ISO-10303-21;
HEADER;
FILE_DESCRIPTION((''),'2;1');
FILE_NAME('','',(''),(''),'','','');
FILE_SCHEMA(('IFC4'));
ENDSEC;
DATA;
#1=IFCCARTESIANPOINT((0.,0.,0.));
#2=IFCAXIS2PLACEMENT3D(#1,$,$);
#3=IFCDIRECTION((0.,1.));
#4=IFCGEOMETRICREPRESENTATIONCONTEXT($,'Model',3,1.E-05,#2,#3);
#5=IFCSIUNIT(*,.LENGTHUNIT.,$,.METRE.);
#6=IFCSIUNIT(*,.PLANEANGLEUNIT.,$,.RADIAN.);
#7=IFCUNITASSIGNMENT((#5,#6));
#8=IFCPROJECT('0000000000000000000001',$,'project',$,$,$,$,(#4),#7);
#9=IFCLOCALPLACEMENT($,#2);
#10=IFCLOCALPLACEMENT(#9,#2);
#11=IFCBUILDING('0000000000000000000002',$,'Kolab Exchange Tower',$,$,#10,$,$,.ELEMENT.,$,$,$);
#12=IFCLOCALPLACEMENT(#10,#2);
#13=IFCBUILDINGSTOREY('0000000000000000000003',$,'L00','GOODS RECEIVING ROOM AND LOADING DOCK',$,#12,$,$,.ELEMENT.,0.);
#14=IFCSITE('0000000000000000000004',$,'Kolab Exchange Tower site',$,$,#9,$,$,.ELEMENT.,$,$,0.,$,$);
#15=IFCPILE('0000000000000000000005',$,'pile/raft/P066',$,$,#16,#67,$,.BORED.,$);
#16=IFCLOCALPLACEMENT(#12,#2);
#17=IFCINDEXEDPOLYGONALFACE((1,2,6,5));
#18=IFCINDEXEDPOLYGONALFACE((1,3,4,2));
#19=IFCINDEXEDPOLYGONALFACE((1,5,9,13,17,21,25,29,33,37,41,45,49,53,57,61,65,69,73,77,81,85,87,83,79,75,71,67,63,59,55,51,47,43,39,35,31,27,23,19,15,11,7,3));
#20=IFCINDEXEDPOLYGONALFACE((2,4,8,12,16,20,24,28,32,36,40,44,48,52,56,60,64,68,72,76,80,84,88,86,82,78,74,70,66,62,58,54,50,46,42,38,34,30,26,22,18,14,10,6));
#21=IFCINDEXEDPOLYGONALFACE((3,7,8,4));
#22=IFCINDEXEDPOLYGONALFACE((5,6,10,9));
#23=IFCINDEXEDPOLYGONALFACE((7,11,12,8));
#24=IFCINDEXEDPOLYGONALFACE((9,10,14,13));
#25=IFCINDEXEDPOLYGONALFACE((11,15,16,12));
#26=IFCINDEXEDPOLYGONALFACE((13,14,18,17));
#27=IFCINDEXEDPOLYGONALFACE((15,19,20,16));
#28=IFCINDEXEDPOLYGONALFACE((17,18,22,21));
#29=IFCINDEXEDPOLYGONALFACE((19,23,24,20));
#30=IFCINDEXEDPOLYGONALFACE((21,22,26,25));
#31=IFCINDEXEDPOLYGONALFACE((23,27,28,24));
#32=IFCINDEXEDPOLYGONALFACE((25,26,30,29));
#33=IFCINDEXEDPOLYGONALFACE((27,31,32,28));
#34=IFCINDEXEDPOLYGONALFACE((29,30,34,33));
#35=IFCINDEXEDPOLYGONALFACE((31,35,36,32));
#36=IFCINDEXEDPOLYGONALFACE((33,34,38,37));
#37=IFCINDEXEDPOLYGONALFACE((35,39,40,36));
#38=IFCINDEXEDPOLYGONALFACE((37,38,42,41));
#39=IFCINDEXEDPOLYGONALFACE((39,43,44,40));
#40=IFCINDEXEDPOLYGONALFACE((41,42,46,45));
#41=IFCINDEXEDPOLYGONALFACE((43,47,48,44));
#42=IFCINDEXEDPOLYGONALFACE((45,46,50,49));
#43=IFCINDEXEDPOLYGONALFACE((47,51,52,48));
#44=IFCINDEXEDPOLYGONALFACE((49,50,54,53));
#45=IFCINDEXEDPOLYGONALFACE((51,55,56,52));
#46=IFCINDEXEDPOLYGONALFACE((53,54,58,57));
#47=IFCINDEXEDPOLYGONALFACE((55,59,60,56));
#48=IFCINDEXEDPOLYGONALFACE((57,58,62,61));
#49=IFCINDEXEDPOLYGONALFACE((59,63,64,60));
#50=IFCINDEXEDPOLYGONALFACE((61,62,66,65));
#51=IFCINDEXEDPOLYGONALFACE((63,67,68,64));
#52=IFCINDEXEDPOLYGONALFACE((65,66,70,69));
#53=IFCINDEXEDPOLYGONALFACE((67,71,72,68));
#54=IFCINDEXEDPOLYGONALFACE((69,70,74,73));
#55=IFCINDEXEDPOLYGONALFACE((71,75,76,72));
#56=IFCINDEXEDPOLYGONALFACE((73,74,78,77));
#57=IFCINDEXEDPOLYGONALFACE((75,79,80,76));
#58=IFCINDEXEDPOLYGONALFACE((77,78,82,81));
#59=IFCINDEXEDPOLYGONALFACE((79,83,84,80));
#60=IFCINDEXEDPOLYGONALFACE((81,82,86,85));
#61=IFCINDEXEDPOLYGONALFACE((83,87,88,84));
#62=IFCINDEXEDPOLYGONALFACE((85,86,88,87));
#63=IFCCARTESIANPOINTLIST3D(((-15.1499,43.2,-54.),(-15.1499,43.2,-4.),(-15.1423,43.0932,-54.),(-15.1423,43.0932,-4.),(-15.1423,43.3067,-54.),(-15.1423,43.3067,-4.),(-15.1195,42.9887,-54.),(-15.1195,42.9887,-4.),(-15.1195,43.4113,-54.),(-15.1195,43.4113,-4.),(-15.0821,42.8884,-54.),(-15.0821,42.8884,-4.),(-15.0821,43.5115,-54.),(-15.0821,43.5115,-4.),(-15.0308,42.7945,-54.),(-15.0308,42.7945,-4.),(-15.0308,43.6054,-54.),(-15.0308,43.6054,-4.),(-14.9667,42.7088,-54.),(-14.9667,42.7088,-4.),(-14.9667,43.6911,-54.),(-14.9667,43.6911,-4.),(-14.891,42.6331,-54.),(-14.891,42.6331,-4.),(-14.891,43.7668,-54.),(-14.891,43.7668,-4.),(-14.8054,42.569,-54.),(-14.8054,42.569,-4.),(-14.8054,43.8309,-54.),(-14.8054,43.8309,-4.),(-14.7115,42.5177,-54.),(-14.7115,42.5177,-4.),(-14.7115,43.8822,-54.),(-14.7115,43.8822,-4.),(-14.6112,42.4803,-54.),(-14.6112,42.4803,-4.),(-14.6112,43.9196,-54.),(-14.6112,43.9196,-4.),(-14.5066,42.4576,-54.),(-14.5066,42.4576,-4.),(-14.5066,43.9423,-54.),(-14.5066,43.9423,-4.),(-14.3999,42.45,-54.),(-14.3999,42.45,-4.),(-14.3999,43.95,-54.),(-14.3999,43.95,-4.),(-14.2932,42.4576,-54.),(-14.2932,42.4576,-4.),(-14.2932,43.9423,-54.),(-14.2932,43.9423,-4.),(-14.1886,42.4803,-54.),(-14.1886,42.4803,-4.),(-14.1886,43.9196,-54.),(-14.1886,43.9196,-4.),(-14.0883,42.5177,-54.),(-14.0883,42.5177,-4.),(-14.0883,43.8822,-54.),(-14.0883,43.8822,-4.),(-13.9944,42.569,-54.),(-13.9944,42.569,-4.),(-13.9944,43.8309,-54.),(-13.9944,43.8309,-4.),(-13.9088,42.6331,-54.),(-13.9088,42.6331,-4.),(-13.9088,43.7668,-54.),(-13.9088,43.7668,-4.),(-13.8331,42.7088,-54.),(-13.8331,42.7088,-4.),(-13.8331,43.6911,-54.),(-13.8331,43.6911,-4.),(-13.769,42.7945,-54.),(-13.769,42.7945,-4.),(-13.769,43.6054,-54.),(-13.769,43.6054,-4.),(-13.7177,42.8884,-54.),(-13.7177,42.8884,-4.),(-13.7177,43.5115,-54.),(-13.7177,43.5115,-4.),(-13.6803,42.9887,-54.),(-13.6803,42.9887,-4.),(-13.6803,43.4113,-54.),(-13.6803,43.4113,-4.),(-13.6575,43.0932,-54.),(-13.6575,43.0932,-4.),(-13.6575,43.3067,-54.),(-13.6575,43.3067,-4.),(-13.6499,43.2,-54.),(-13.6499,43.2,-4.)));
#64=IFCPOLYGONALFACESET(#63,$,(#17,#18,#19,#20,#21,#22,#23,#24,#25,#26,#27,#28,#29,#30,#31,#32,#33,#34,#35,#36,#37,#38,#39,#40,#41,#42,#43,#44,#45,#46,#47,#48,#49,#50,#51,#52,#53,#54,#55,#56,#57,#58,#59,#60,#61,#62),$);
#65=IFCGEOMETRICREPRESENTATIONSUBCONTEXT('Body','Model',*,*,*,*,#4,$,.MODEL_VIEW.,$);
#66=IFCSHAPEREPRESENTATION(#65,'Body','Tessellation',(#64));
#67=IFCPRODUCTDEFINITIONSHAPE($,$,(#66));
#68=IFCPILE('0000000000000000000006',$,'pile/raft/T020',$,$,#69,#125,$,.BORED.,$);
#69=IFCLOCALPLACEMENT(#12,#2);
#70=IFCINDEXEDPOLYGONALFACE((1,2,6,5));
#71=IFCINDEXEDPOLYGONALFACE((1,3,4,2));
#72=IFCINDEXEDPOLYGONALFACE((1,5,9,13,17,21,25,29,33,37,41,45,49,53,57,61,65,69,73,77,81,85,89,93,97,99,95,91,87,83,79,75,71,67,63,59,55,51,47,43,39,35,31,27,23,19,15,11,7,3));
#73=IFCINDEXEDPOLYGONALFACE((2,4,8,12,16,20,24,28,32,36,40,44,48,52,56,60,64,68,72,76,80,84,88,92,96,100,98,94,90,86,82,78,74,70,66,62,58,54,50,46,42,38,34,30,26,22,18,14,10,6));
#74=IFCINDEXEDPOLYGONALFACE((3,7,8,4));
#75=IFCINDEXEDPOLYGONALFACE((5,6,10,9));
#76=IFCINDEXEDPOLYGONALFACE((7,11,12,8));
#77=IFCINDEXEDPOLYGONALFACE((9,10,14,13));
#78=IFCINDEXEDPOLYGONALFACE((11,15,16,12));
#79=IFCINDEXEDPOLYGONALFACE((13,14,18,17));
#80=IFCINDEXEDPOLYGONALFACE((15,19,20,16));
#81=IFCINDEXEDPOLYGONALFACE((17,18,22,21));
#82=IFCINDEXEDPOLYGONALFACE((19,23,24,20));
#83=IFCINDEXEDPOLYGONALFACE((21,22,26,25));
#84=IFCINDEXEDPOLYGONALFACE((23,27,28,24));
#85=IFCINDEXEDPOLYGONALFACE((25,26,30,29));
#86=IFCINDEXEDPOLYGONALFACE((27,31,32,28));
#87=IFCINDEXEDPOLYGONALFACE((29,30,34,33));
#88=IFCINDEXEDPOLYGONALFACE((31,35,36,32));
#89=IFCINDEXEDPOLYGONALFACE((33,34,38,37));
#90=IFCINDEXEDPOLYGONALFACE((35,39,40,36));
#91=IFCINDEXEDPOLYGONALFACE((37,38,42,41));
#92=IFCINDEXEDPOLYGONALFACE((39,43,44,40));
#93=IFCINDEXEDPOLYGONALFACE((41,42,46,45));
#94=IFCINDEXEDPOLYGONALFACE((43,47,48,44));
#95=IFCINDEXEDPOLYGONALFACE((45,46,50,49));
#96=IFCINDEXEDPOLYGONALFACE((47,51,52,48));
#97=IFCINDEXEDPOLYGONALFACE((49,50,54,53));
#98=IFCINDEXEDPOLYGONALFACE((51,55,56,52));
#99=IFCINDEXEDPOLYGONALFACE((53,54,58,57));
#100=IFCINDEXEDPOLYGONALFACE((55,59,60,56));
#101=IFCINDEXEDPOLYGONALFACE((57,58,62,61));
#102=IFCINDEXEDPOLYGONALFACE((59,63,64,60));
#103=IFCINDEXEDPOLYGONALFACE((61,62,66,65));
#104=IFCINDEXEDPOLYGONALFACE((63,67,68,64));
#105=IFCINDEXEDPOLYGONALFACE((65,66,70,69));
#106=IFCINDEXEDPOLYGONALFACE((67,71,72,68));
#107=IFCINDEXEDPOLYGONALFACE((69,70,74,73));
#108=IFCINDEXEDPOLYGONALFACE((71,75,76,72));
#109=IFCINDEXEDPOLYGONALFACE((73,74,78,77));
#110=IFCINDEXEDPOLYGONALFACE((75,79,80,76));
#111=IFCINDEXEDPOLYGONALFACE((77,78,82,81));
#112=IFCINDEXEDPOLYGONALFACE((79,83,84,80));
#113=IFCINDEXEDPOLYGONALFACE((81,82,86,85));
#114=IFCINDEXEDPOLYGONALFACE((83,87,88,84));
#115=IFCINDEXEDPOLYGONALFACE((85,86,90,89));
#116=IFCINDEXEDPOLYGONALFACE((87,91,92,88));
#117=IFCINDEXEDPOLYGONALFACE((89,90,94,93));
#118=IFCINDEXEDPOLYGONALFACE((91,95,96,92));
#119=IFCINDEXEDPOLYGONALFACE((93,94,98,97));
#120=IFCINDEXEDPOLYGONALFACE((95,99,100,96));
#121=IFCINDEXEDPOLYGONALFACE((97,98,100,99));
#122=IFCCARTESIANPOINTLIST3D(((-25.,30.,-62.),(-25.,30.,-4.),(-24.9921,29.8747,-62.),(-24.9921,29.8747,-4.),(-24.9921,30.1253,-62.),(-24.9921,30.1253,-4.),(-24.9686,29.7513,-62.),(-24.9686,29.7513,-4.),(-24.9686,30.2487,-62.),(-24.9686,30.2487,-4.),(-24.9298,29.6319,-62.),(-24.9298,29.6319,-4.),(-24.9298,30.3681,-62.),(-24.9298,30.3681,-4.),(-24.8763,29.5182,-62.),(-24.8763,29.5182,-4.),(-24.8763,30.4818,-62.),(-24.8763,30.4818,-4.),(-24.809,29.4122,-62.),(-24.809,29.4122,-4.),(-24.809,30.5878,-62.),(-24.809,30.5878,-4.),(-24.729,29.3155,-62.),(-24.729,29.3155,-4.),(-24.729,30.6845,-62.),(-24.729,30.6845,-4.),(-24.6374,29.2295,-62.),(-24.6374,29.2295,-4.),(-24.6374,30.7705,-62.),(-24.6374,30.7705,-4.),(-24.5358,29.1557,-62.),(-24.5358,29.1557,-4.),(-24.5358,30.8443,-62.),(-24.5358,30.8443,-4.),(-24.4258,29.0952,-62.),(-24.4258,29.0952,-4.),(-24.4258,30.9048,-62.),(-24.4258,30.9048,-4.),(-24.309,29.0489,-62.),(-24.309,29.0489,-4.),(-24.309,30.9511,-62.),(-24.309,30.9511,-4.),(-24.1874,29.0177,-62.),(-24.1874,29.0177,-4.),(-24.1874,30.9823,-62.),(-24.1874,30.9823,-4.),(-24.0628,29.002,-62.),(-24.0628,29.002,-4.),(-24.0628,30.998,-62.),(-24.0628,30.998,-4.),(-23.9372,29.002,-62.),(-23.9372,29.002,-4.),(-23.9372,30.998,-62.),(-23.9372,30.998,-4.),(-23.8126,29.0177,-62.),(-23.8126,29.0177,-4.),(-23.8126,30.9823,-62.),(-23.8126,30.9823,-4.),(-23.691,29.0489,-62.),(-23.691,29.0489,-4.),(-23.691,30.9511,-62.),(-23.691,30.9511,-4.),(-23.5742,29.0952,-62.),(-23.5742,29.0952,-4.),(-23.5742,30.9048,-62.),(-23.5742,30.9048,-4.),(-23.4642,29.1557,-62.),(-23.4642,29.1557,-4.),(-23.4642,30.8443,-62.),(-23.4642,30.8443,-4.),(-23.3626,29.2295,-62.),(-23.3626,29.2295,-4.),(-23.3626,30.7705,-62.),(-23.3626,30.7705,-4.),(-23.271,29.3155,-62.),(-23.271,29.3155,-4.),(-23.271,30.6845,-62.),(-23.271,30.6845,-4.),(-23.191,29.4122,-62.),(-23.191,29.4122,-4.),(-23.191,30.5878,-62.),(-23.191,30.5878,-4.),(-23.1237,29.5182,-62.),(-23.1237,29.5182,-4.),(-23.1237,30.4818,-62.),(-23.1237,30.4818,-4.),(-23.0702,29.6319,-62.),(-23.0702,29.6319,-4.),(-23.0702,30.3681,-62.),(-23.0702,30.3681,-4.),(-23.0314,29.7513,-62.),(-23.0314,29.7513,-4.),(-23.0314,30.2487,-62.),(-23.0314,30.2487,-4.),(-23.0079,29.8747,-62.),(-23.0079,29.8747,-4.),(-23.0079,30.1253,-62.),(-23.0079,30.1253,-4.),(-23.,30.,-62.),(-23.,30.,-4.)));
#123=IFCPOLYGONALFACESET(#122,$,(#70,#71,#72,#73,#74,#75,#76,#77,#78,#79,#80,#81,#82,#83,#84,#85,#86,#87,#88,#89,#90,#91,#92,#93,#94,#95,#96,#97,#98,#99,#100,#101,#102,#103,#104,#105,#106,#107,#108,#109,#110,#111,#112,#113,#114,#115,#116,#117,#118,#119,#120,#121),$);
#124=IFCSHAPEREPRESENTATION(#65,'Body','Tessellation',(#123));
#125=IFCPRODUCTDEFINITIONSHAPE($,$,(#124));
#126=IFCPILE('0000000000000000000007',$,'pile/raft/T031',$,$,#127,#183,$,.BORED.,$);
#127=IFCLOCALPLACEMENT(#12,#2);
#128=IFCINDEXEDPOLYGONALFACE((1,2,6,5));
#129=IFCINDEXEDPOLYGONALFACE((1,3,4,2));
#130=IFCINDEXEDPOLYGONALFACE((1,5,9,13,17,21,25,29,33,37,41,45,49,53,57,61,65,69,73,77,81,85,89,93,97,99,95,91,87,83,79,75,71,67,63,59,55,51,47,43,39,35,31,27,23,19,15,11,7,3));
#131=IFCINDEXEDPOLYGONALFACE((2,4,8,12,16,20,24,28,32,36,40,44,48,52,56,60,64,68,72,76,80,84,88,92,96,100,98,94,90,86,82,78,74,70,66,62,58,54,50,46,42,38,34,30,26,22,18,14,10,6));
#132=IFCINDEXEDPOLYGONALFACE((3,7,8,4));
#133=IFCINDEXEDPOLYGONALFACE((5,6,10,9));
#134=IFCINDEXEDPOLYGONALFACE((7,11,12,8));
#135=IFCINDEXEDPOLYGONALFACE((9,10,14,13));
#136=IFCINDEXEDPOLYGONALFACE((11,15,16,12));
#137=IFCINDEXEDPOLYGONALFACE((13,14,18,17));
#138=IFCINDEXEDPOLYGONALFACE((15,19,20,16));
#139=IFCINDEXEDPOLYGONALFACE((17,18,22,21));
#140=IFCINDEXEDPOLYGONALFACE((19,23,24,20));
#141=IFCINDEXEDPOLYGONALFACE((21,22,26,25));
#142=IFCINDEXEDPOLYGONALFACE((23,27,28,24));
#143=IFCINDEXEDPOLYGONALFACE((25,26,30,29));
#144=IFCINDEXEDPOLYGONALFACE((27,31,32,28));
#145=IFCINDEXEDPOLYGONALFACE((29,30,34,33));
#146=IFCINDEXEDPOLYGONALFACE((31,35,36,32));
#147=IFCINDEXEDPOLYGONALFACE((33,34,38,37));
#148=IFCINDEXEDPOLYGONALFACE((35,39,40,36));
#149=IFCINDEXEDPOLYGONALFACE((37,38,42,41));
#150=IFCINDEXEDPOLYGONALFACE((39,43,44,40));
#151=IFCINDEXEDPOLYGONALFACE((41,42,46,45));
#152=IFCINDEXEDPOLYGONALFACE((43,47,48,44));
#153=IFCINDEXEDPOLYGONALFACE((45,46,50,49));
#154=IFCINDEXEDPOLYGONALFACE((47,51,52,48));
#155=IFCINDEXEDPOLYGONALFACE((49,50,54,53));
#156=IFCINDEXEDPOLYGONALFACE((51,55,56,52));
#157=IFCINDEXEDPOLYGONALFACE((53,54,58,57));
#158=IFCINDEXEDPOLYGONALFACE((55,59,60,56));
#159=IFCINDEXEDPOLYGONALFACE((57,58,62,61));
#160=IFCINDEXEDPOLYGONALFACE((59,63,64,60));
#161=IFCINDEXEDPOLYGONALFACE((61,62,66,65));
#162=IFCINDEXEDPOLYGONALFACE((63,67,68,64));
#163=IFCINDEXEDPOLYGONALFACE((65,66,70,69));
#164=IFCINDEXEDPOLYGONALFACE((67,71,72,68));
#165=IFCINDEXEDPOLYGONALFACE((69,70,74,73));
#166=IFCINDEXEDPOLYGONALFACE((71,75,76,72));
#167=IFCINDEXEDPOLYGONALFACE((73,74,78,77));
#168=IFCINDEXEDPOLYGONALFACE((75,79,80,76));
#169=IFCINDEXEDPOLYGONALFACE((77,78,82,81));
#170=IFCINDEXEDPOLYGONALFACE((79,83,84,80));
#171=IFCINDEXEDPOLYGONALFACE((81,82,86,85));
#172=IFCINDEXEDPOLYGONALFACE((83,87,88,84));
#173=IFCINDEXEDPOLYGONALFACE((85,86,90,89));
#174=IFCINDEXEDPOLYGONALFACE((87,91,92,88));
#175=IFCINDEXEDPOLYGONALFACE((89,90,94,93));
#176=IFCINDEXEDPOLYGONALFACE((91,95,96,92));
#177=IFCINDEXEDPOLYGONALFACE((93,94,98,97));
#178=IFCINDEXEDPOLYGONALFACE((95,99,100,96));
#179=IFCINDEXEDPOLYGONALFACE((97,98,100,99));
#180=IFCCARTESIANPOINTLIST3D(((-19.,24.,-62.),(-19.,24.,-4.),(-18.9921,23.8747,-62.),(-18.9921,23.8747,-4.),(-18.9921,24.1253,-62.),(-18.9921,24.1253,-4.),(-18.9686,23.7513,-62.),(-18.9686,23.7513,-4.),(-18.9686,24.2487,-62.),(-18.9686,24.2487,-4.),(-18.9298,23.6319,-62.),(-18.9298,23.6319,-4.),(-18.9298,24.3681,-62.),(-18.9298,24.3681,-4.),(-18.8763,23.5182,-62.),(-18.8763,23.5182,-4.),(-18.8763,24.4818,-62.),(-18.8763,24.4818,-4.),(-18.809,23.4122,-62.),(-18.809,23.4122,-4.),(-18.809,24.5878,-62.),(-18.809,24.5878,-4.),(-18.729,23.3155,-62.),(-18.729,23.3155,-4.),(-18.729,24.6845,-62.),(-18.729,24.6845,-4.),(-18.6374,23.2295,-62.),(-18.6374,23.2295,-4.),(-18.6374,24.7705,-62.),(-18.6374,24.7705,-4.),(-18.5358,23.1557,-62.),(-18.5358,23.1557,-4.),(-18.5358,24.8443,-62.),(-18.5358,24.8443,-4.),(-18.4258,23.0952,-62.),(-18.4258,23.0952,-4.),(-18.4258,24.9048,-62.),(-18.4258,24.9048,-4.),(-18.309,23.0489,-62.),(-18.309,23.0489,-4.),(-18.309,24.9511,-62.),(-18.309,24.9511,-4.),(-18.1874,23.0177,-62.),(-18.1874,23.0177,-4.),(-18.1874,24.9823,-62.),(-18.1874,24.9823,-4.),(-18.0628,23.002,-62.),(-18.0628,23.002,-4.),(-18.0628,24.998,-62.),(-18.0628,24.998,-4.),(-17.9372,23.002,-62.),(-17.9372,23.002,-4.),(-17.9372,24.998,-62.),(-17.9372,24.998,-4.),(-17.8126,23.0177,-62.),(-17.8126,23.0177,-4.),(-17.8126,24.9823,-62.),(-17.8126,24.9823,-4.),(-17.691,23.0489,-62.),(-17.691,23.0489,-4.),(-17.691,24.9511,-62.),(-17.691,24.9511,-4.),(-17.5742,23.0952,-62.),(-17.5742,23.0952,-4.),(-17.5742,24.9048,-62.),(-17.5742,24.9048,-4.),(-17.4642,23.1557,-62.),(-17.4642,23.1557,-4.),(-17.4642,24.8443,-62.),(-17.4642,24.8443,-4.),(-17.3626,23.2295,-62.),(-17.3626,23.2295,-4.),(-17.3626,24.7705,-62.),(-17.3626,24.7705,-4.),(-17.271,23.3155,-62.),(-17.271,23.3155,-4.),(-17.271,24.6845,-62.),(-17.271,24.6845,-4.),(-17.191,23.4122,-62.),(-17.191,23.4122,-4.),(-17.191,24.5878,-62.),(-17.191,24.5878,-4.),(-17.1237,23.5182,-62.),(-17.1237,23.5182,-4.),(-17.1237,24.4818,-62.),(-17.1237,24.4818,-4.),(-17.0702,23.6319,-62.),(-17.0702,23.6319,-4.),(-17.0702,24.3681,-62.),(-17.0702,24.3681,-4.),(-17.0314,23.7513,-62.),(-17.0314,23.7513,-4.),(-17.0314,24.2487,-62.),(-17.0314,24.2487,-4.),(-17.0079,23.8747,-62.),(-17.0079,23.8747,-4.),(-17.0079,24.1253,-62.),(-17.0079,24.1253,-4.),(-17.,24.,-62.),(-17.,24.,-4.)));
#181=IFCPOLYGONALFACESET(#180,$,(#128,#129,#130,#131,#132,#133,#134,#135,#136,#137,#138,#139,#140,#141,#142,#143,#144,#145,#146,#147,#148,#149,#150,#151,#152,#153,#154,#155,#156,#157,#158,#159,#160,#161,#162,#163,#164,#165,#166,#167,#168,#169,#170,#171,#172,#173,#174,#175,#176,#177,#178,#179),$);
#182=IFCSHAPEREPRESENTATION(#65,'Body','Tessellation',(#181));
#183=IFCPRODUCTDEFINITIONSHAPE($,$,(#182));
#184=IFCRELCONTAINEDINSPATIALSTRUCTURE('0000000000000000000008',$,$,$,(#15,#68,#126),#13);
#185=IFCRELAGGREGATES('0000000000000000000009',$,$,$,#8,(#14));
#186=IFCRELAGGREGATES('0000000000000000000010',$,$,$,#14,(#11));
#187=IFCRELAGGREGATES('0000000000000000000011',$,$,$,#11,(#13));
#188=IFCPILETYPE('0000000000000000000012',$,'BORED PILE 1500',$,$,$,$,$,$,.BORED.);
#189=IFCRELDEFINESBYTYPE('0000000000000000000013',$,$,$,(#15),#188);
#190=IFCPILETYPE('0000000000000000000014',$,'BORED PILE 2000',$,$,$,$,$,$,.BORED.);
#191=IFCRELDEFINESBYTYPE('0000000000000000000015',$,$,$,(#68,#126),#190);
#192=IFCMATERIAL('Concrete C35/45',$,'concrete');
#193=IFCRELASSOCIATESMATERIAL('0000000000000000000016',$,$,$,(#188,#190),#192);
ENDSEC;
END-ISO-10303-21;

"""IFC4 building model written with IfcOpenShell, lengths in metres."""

from ifc_helpers import new_model, si_unit, direction, frame, origin, origin_2d, place, context, subcontext, project, spatial, circle, extrude, material, material_profile, profile_set, type_object, element, save


model = new_model("IFC4")

# Units and contexts
model_context = context("Model", 3, precision=1e-05, world=origin(), true_north=direction((0.0, 1.0)))
body_context = subcontext(model_context, "Body", "Model", "MODEL_VIEW")
ifc_project = project(units=[si_unit("LENGTHUNIT", "METRE"), si_unit("PLANEANGLEUNIT", "RADIAN")], contexts=[model_context])

# Site, building, storey
site_placement = place(None, origin())
site = spatial("IfcSite", under=ifc_project, at=site_placement, Name="Kolab Exchange Tower site", CompositionType="ELEMENT", RefElevation=0.0)
building_placement = place(site_placement, origin())
building = spatial("IfcBuilding", under=site, at=building_placement, Name="Kolab Exchange Tower", CompositionType="ELEMENT")
storey_placement = place(building_placement, origin())
storey = spatial("IfcBuildingStorey", under=building, at=storey_placement, Name="L00", Description="GOODS RECEIVING ROOM AND LOADING DOCK", CompositionType="ELEMENT", Elevation=0.0)

# Piles
ifc_material_1 = material(Name="Concrete C35/45", Category="concrete")
ifc_material_profile_1 = material_profile(ifc_material_1, circle(Radius=0.75, at=origin_2d()), Name="BP1500")
ifc_profile_set_1 = profile_set([ifc_material_profile_1], Name="Concrete C35/45")
pile_type_1 = type_object("IfcPileType", Name="BORED PILE 1500", PredefinedType="BORED", material=ifc_profile_set_1)
for number, where, z_axis, x_axis, name in (
    (1, (-14.3999, 43.2, -4.0), (0.0, 0.0, -1.0), (1.0, 0.0, 0.0), "pile/raft/P066"),
):
    element("IfcPile", number, at=place(storey_placement, frame(where, z_axis=z_axis, x_axis=x_axis)), inside=storey, type_object=pile_type_1, Name=name, PredefinedType="BORED", context=body_context, shape_type="SweptSolid", body=[
        extrude(circle(Radius=0.75, at=origin_2d()), origin(), (0.0, 0.0, 1.0), 50.0),
    ])
ifc_material_profile_2 = material_profile(ifc_material_1, circle(Radius=1.0, at=origin_2d()), Name="BP2000")
ifc_profile_set_2 = profile_set([ifc_material_profile_2], Name="Concrete C35/45")
pile_type_2 = type_object("IfcPileType", Name="BORED PILE 2000", PredefinedType="BORED", material=ifc_profile_set_2)
for number, where, z_axis, x_axis, name in (
    (2, (-24.0, 30.0, -4.0), (0.0, 0.0, -1.0), (1.0, 0.0, 0.0), "pile/raft/T020"),
    (3, (-18.0, 24.0, -4.0), (0.0, 0.0, -1.0), (1.0, 0.0, 0.0), "pile/raft/T031"),
):
    element("IfcPile", number, at=place(storey_placement, frame(where, z_axis=z_axis, x_axis=x_axis)), inside=storey, type_object=pile_type_2, Name=name, PredefinedType="BORED", context=body_context, shape_type="SweptSolid", body=[
        extrude(circle(Radius=1.0, at=origin_2d()), origin(), (0.0, 0.0, 1.0), 58.0),
    ])

save(model, "model.ifc")
